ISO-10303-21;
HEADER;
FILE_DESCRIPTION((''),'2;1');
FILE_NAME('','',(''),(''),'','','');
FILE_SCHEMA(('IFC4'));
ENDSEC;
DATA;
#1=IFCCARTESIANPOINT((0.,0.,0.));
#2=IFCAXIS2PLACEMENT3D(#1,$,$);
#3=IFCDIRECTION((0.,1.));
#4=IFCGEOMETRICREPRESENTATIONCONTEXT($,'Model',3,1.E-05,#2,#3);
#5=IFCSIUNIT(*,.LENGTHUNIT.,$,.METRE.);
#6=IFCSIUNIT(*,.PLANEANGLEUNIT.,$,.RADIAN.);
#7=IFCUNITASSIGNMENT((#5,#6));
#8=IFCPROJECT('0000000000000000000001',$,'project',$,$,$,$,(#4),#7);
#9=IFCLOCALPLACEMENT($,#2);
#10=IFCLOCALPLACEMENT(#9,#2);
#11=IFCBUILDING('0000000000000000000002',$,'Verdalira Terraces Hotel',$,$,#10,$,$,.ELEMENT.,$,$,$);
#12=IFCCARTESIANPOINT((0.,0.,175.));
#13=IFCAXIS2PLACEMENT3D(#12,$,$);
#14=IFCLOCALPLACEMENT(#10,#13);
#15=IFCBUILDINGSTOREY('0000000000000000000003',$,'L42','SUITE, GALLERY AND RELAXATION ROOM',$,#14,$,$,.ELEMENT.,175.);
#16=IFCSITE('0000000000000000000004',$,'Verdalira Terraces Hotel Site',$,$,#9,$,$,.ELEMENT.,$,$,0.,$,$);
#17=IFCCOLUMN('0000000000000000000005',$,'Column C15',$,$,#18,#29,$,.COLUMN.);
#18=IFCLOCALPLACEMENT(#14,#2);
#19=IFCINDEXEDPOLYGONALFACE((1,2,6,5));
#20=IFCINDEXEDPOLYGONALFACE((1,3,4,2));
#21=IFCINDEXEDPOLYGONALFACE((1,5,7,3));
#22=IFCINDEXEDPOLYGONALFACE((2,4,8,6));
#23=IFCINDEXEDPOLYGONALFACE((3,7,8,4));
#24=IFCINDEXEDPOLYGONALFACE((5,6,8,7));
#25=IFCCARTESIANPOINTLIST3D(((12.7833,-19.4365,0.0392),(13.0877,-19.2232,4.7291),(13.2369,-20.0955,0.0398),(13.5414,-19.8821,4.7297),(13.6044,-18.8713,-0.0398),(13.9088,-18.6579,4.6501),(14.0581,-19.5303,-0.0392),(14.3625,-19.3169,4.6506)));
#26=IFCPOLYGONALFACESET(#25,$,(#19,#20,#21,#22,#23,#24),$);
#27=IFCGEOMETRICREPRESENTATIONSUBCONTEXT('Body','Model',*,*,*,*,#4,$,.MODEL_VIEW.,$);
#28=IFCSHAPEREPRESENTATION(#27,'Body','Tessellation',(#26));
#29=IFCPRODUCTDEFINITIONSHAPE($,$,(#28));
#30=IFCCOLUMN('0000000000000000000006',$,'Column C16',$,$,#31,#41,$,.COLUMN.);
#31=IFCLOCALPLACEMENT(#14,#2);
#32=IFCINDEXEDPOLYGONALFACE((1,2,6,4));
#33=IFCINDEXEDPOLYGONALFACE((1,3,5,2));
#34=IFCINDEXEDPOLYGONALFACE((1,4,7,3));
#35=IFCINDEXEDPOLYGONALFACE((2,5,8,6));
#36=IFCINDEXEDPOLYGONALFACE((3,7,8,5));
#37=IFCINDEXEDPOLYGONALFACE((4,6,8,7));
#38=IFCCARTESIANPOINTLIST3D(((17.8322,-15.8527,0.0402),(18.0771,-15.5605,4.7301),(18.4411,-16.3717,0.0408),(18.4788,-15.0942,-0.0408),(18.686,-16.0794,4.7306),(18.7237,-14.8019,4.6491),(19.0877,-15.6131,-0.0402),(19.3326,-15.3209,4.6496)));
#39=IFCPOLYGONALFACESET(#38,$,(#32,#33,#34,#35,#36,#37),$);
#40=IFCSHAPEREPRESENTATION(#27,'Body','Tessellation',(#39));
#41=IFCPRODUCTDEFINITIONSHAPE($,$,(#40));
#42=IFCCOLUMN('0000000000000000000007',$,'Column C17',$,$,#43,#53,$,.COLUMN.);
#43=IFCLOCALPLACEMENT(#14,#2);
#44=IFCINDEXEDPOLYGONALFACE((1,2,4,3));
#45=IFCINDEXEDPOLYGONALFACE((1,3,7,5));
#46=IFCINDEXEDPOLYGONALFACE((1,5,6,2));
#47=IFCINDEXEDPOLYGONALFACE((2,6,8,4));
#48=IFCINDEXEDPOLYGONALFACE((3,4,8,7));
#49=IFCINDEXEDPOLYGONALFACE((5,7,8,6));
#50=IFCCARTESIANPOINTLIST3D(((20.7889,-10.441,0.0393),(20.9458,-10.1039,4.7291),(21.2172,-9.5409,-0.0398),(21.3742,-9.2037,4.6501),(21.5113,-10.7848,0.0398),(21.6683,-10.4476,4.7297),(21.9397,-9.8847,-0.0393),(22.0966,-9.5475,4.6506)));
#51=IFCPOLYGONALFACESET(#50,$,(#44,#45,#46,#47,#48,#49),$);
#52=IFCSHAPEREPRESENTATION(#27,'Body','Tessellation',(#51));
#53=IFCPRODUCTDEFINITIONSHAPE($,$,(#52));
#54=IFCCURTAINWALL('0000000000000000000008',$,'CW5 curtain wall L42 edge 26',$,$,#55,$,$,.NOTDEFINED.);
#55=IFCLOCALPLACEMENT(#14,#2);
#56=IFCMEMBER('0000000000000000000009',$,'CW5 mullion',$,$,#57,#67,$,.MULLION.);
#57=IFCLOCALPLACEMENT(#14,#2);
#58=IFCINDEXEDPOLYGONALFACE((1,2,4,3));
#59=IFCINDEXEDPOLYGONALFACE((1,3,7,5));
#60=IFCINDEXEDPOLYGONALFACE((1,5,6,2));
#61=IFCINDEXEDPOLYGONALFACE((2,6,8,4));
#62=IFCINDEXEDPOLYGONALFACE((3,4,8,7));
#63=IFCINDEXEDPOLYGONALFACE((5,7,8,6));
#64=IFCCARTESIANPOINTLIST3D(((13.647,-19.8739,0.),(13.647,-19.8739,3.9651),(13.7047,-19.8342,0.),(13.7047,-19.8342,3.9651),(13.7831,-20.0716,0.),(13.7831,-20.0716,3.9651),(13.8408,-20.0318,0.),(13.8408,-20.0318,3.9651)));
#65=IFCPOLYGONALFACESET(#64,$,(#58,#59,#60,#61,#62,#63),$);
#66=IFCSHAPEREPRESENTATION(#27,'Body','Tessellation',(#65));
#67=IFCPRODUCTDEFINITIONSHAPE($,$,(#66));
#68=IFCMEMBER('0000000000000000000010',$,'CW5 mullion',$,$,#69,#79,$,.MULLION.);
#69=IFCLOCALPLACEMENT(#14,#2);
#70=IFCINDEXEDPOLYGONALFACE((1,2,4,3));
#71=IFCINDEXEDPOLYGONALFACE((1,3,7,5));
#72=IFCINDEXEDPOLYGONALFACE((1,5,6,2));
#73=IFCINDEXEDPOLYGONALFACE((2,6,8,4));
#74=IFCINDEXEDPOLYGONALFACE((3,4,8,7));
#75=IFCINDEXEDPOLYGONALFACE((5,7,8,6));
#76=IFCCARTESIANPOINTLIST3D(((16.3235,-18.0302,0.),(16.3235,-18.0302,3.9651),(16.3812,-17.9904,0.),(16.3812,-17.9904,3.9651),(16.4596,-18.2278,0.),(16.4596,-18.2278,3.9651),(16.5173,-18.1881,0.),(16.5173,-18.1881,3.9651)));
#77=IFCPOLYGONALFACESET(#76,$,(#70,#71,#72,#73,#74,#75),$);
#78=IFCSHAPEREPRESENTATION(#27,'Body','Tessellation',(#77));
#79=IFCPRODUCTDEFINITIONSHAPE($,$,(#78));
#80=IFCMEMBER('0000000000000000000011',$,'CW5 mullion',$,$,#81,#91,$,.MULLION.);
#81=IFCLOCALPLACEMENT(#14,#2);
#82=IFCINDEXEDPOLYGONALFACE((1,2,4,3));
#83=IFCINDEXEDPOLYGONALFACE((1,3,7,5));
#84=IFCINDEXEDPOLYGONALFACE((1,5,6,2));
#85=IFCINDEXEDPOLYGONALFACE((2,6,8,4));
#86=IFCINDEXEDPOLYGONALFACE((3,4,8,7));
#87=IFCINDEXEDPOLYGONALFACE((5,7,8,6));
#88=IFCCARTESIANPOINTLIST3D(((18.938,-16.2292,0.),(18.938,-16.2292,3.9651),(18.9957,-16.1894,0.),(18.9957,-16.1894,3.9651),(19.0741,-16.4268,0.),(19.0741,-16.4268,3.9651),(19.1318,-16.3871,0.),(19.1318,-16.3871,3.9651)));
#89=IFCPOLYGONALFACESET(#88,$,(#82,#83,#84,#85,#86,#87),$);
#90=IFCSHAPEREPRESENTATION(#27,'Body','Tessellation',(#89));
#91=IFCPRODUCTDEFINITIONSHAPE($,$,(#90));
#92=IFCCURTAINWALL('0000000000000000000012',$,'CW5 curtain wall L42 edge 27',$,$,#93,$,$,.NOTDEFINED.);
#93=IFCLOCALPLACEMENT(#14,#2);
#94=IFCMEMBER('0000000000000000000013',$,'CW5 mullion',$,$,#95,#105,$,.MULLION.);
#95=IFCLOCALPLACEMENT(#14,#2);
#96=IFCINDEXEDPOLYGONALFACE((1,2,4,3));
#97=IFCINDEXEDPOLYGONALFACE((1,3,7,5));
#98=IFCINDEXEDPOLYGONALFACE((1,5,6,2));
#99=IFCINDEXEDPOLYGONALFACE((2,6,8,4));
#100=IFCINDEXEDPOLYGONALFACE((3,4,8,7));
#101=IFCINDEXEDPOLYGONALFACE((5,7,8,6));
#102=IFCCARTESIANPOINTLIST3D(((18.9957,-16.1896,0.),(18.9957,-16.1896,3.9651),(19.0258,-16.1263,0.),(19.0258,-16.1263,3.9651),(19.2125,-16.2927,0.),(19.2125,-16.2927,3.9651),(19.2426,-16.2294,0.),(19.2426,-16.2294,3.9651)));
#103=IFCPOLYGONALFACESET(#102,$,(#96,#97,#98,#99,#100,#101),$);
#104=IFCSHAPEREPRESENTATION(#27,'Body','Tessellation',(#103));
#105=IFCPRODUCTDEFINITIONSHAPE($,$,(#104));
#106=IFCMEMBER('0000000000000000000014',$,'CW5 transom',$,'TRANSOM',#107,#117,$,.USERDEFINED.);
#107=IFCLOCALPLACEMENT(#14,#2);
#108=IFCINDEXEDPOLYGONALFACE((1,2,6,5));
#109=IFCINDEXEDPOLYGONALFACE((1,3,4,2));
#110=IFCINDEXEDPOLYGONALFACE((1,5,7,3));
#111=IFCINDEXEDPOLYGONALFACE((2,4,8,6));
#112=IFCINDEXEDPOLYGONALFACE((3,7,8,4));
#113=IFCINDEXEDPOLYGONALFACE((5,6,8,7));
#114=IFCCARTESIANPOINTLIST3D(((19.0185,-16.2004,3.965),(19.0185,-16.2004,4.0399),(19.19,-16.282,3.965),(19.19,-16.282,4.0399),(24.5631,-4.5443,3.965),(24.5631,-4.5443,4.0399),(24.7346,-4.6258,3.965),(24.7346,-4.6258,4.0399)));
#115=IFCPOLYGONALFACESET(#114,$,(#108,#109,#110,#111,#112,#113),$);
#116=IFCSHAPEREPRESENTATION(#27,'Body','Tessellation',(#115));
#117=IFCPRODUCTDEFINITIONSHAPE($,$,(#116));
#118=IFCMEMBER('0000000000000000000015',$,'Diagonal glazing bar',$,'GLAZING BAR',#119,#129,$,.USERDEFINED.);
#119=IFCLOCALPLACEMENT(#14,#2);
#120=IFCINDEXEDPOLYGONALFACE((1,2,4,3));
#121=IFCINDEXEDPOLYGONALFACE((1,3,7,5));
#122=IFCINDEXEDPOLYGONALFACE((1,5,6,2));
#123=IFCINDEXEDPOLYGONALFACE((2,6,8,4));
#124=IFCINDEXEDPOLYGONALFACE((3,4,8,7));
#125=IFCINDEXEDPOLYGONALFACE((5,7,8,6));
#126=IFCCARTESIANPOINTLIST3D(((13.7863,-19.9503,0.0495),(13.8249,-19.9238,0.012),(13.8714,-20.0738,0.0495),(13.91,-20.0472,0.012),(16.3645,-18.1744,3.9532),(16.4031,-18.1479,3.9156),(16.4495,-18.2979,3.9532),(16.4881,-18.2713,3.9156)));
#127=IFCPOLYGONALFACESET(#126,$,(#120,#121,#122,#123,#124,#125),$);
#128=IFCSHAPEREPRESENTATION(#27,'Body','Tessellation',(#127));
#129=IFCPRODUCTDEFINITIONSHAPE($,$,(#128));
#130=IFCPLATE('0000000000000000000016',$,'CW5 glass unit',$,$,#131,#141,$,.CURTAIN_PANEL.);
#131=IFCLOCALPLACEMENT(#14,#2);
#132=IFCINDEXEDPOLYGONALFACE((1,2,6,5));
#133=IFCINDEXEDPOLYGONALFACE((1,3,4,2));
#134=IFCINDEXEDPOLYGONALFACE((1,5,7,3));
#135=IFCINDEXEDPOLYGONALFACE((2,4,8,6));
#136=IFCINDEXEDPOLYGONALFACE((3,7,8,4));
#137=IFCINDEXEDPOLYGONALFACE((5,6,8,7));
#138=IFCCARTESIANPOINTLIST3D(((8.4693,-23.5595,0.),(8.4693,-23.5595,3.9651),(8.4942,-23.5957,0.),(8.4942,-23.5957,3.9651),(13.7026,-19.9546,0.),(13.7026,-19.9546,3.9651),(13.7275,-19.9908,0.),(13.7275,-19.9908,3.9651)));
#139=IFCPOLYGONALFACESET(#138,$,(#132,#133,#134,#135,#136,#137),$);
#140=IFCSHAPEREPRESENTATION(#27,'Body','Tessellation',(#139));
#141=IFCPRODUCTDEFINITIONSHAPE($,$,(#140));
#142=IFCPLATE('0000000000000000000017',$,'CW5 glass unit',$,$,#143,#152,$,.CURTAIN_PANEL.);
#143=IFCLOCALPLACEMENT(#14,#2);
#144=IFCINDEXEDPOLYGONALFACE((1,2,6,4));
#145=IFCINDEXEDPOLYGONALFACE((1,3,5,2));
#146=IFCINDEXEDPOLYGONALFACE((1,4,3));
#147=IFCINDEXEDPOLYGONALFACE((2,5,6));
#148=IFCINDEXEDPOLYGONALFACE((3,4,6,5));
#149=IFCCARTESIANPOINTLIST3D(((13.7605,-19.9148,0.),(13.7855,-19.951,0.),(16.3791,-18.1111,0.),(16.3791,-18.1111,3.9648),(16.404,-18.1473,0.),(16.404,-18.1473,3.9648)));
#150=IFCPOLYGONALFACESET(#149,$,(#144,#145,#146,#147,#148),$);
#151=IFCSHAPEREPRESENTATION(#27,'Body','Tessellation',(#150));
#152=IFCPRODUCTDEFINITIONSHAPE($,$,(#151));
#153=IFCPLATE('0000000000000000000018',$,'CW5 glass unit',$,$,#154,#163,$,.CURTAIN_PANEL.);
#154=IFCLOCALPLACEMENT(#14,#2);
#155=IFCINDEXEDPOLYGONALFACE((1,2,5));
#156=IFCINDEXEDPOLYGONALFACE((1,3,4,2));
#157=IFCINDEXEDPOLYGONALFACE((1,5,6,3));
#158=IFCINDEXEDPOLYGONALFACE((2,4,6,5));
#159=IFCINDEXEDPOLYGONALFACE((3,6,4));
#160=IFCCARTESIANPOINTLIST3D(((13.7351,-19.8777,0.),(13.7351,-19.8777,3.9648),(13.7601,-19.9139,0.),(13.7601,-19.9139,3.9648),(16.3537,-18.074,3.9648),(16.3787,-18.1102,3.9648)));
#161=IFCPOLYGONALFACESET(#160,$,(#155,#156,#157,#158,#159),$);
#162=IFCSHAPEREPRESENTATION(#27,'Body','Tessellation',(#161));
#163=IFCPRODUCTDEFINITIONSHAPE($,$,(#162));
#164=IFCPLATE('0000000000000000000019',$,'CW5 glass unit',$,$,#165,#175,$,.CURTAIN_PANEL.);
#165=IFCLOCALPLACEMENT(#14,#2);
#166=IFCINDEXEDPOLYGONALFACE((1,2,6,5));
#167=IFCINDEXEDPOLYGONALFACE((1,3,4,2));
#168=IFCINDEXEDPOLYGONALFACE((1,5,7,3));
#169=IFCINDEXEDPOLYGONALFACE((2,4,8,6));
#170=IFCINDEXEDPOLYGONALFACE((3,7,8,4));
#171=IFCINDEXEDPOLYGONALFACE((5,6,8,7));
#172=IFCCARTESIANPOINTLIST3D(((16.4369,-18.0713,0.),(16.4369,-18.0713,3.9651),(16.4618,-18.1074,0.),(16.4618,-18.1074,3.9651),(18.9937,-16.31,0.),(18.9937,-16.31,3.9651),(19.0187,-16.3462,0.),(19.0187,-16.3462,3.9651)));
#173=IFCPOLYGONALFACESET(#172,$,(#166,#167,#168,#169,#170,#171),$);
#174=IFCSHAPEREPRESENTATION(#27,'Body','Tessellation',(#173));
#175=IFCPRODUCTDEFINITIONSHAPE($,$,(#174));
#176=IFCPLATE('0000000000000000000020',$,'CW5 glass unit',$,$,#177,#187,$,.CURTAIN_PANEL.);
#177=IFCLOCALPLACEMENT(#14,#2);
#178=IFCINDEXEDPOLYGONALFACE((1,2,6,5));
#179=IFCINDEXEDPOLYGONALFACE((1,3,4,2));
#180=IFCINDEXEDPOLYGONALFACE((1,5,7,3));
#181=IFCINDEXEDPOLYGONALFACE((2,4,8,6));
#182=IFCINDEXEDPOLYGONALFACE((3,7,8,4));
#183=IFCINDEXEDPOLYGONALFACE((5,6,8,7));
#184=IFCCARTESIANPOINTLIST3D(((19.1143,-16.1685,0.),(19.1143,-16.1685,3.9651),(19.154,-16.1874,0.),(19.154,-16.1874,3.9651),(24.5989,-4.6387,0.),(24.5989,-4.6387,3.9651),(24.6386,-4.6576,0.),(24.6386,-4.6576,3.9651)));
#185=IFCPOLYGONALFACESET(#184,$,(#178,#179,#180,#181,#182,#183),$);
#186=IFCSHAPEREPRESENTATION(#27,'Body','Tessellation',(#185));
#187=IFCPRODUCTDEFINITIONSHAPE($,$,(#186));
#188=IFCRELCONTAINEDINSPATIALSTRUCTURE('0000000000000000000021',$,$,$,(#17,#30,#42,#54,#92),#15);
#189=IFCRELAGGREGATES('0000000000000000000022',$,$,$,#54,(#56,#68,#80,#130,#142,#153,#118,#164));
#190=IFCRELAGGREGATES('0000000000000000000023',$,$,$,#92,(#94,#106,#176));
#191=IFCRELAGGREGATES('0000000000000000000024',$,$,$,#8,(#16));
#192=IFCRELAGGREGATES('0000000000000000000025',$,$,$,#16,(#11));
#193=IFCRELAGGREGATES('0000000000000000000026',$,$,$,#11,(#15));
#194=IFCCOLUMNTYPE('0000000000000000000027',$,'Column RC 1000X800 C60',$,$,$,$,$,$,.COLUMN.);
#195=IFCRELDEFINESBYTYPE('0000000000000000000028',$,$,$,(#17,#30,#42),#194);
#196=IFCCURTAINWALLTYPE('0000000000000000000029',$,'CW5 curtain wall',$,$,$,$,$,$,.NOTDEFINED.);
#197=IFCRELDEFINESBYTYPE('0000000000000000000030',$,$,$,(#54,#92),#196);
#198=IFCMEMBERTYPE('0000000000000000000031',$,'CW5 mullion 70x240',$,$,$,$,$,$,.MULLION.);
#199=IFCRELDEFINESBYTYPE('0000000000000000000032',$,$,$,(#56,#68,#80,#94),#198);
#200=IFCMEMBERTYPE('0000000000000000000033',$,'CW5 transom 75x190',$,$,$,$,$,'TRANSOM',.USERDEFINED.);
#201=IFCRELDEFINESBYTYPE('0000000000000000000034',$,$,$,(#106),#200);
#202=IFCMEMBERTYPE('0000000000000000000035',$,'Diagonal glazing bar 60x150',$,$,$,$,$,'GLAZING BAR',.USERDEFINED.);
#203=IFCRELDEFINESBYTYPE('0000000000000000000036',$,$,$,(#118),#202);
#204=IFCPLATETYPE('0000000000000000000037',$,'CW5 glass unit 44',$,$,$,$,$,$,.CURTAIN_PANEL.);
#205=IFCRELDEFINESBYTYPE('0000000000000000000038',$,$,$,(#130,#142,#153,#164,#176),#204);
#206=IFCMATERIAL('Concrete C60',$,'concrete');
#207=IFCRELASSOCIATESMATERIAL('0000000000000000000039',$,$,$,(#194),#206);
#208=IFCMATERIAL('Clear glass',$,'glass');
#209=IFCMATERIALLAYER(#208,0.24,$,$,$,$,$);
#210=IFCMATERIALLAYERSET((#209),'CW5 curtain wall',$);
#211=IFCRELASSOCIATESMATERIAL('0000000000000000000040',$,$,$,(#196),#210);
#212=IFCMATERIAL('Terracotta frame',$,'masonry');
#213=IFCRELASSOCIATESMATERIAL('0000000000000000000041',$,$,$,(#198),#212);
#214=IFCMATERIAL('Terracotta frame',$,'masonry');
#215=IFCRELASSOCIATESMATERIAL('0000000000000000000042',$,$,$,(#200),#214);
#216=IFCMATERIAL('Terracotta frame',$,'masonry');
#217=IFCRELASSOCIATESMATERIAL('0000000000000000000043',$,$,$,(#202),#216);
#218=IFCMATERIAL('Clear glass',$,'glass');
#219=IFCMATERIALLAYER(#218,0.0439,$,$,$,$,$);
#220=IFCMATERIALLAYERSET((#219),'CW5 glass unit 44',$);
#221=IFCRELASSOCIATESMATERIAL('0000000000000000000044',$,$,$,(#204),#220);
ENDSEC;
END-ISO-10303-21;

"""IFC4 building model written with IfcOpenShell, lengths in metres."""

from ifc_helpers import new_model, si_unit, direction, frame, origin, origin_2d, place, context, subcontext, project, spatial, polyline, rectangle, outline, extrude, material, layer, layer_set, material_profile, profile_set, type_object, element, aggregate, save


model = new_model("IFC4")

# Units and contexts
model_context = context("Model", 3, precision=1e-05, world=origin(), true_north=direction((0.0, 1.0)))
body_context = subcontext(model_context, "Body", "Model", "MODEL_VIEW")
ifc_project = project(units=[si_unit("LENGTHUNIT", "METRE"), si_unit("PLANEANGLEUNIT", "RADIAN")], contexts=[model_context])

# Site, building, storey
site_placement = place(None, origin())
site = spatial("IfcSite", under=ifc_project, at=site_placement, Name="Verdalira Terraces Hotel Site", CompositionType="ELEMENT", RefElevation=0.0)
building_placement = place(site_placement, origin())
building = spatial("IfcBuilding", under=site, at=building_placement, Name="Verdalira Terraces Hotel", CompositionType="ELEMENT")
storey_placement = place(building_placement, frame((0.0, 0.0, 175.0)))
storey = spatial("IfcBuildingStorey", under=building, at=storey_placement, Name="L42", Description="SUITE, GALLERY AND RELAXATION ROOM", CompositionType="ELEMENT", Elevation=175.0)

# Columns
ifc_material_1 = material(Name="Concrete C60", Category="concrete")
ifc_material_profile_1 = material_profile(ifc_material_1, rectangle(XDim=1.0, YDim=0.8, at=origin_2d()), Name="RC 1000X800")
ifc_profile_set_1 = profile_set([ifc_material_profile_1], Name="Concrete C60")
column_type = type_object("IfcColumnType", Name="Column RC 1000X800 C60", PredefinedType="COLUMN", material=ifc_profile_set_1)
column_1_placement = place(storey_placement, frame((13.4207, -19.4834, 0.0), z_axis=(0.064711, 0.045355, 0.996873), x_axis=(0.821126, 0.56525, -0.07902)))
element("IfcColumn", 1, at=column_1_placement, inside=storey, type_object=column_type, Name="Column C15", PredefinedType="COLUMN", context=body_context, shape_type="SweptSolid", body=[
    extrude(rectangle(XDim=1.0, YDim=0.8, at=origin_2d()), origin(), (0.0, 0.0, 1.0), 4.7046),
])
column_2_placement = place(storey_placement, frame((18.46, -15.7329, 0.0), z_axis=(0.052041, 0.062106, 0.996712), x_axis=(-0.646569, -0.758541, 0.081025)))
element("IfcColumn", 2, at=column_2_placement, inside=storey, type_object=column_type, Name="Column C16", PredefinedType="COLUMN", context=body_context, shape_type="SweptSolid", body=[
    extrude(rectangle(XDim=1.0, YDim=0.8, at=origin_2d()), origin(), (0.0, 0.0, 1.0), 4.7053),
])
column_3_placement = place(storey_placement, frame((21.3643, -10.1628, 0.0), z_axis=(0.033367, 0.071665, 0.99687), x_axis=(0.428377, 0.900136, -0.079049)))
element("IfcColumn", 3, at=column_3_placement, inside=storey, type_object=column_type, Name="Column C17", PredefinedType="COLUMN", context=body_context, shape_type="SweptSolid", body=[
    extrude(rectangle(XDim=1.0, YDim=0.8, at=origin_2d()), origin(), (0.0, 0.0, 1.0), 4.7046),
])

# Curtain walls, members
ifc_material_2 = material(Name="Clear glass", Category="glass")
ifc_layer_1 = layer(ifc_material_2, 0.24)
ifc_layer_set_1 = layer_set([ifc_layer_1], Name="CW5 curtain wall")
curtain_wall_type = type_object("IfcCurtainWallType", Name="CW5 curtain wall", PredefinedType="NOTDEFINED", material=ifc_layer_set_1)
curtain_wall_1_placement = place(storey_placement, origin())
curtain_wall_1 = element("IfcCurtainWall", 4, at=curtain_wall_1_placement, inside=storey, type_object=curtain_wall_type, Name="CW5 curtain wall L42 edge 26", PredefinedType="NOTDEFINED")
ifc_material_3 = material(Name="Terracotta frame", Category="masonry")
ifc_material_profile_2 = material_profile(ifc_material_3, rectangle(XDim=0.0701, YDim=0.24, at=origin_2d()), Name="MU 70x240")
ifc_profile_set_2 = profile_set([ifc_material_profile_2], Name="Terracotta frame")
member_type_1 = type_object("IfcMemberType", Name="CW5 mullion 70x240", PredefinedType="MULLION", material=ifc_profile_set_2)
member_1_placement = place(storey_placement, frame((13.7439, -19.9529, 0.0), z_axis=(0.0, 0.0, 1.0), x_axis=(0.823533, 0.567269, 0.0)))
member_1 = element("IfcMember", 5, at=member_1_placement, type_object=member_type_1, Name="CW5 mullion", PredefinedType="MULLION", context=body_context, shape_type="SweptSolid", body=[
    extrude(rectangle(XDim=0.0701, YDim=0.24, at=origin_2d()), origin(), (0.0, 0.0, 1.0), 3.9651),
])
member_2_placement = place(storey_placement, frame((16.4204, -18.1091, 0.0), z_axis=(0.0, 0.0, 1.0), x_axis=(0.823533, 0.567269, 0.0)))
member_2 = element("IfcMember", 6, at=member_2_placement, type_object=member_type_1, Name="CW5 mullion", PredefinedType="MULLION", context=body_context, shape_type="SweptSolid", body=[
    extrude(rectangle(XDim=0.0701, YDim=0.24, at=origin_2d()), origin(), (0.0, 0.0, 1.0), 3.9651),
])
member_3_placement = place(storey_placement, frame((19.0349, -16.3081, 0.0), z_axis=(0.0, 0.0, 1.0), x_axis=(0.823533, 0.567269, 0.0)))
member_3 = element("IfcMember", 7, at=member_3_placement, type_object=member_type_1, Name="CW5 mullion", PredefinedType="MULLION", context=body_context, shape_type="SweptSolid", body=[
    extrude(rectangle(XDim=0.0701, YDim=0.24, at=origin_2d()), origin(), (0.0, 0.0, 1.0), 3.9651),
])
curtain_wall_2_placement = place(storey_placement, origin())
curtain_wall_2 = element("IfcCurtainWall", 8, at=curtain_wall_2_placement, inside=storey, type_object=curtain_wall_type, Name="CW5 curtain wall L42 edge 27", PredefinedType="NOTDEFINED")
member_4_placement = place(storey_placement, frame((19.1191, -16.2095, 0.0), z_axis=(0.0, 0.0, 1.0), x_axis=(0.429566, 0.903036, 0.0)))
member_4 = element("IfcMember", 9, at=member_4_placement, type_object=member_type_1, Name="CW5 mullion", PredefinedType="MULLION", context=body_context, shape_type="SweptSolid", body=[
    extrude(rectangle(XDim=0.0701, YDim=0.24, at=origin_2d()), origin(), (0.0, 0.0, 1.0), 3.9651),
])
ifc_material_4 = material(Name="Terracotta frame", Category="masonry")
ifc_material_profile_3 = material_profile(ifc_material_4, rectangle(XDim=0.1899, YDim=0.075, at=origin_2d()), Name="TR 75x190")
ifc_profile_set_3 = profile_set([ifc_material_profile_3], Name="Terracotta frame")
member_type_2 = type_object("IfcMemberType", Name="CW5 transom 75x190", ElementType="TRANSOM", PredefinedType="USERDEFINED", material=ifc_profile_set_3)
member_5_placement = place(storey_placement, frame((19.1042, -16.2412, 4.0024), z_axis=(0.42956, 0.903038, 0.0), x_axis=(-0.903038, 0.42956, 0.0)))
member_5 = element("IfcMember", 10, at=member_5_placement, type_object=member_type_2, Name="CW5 transom", ObjectType="TRANSOM", PredefinedType="USERDEFINED", context=body_context, shape_type="SweptSolid", body=[
    extrude(rectangle(XDim=0.1899, YDim=0.075, at=origin_2d()), origin(), (0.0, 0.0, 1.0), 12.9077),
])

# Member
ifc_material_5 = material(Name="Terracotta frame", Category="masonry")
ifc_material_profile_4 = material_profile(ifc_material_5, rectangle(XDim=0.1499, YDim=0.0601, at=origin_2d()), Name="GB 60x150")
ifc_profile_set_4 = profile_set([ifc_material_profile_4], Name="Terracotta frame")
member_type_3 = type_object("IfcMemberType", Name="Diagonal glazing bar 60x150", ElementType="GLAZING BAR", PredefinedType="USERDEFINED", material=ifc_profile_set_4)
member_6_placement = place(storey_placement, frame((13.8481, -19.9988, 0.0308), z_axis=(0.515231, 0.354904, 0.780116), x_axis=(-0.56727, 0.823532, 0.0)))
member_6 = element("IfcMember", 11, at=member_6_placement, type_object=member_type_3, Name="Diagonal glazing bar", ObjectType="GLAZING BAR", PredefinedType="USERDEFINED", context=body_context, shape_type="SweptSolid", body=[
    extrude(rectangle(XDim=0.1499, YDim=0.0601, at=origin_2d()), origin(), (0.0, 0.0, 1.0), 5.0039),
])

# Plates
ifc_material_6 = material(Name="Clear glass", Category="glass")
ifc_layer_2 = layer(ifc_material_6, 0.0439)
ifc_layer_set_2 = layer_set([ifc_layer_2], Name="CW5 glass unit 44")
plate_type = type_object("IfcPlateType", Name="CW5 glass unit 44", PredefinedType="CURTAIN_PANEL", material=ifc_layer_set_2)
plate_1_placement = place(storey_placement, frame((11.0984, -21.7751, 0.0), z_axis=(0.0, 0.0, 1.0), x_axis=(0.823533, 0.567269, 0.0)))
plate_1 = element("IfcPlate", 12, at=plate_1_placement, type_object=plate_type, Name="CW5 glass unit", PredefinedType="CURTAIN_PANEL", context=body_context, shape_type="SweptSolid", body=[
    extrude(rectangle(XDim=6.3547, YDim=0.0439, at=origin_2d()), origin(), (0.0, 0.0, 1.0), 3.9651),
])
plate_2_placement = place(storey_placement, frame((15.0698, -19.0129, 1.9824), z_axis=(0.567269, -0.823533, 0.0), x_axis=(0.823533, 0.567269, 0.0)))
plate_2 = element("IfcPlate", 13, at=plate_2_placement, type_object=plate_type, Name="CW5 glass unit", PredefinedType="CURTAIN_PANEL", context=body_context, shape_type="SweptSolid", body=[
    extrude(outline(polyline([(-1.5898, -1.9824), (1.5898, -1.9824), (1.5898, 1.9824), (-1.5898, -1.9824)])), origin(), (0.0, 0.0, 1.0), 0.0439),
])
plate_3_placement = place(storey_placement, frame((15.0444, -18.9758, 1.9824), z_axis=(0.567269, -0.823533, 0.0), x_axis=(0.823533, 0.567269, 0.0)))
plate_3 = element("IfcPlate", 14, at=plate_3_placement, type_object=plate_type, Name="CW5 glass unit", PredefinedType="CURTAIN_PANEL", context=body_context, shape_type="SweptSolid", body=[
    extrude(outline(polyline([(-1.5898, -1.9824), (1.5898, 1.9824), (-1.5898, 1.9824), (-1.5898, -1.9824)])), origin(), (0.0, 0.0, 1.0), 0.0439),
])
plate_4_placement = place(storey_placement, frame((17.7278, -17.2087, 0.0), z_axis=(0.0, 0.0, 1.0), x_axis=(0.823533, 0.567269, 0.0)))
plate_4 = element("IfcPlate", 15, at=plate_4_placement, type_object=plate_type, Name="CW5 glass unit", PredefinedType="CURTAIN_PANEL", context=body_context, shape_type="SweptSolid", body=[
    extrude(rectangle(XDim=3.1047, YDim=0.0439, at=origin_2d()), origin(), (0.0, 0.0, 1.0), 3.9651),
])
aggregate(curtain_wall_1, [member_1, member_2, member_3, plate_1, plate_2, plate_3, member_6, plate_4])
plate_5_placement = place(storey_placement, frame((21.8765, -10.4131, 0.0), z_axis=(0.0, 0.0, 1.0), x_axis=(0.429566, 0.903036, 0.0)))
plate_5 = element("IfcPlate", 16, at=plate_5_placement, type_object=plate_type, Name="CW5 glass unit", PredefinedType="CURTAIN_PANEL", context=body_context, shape_type="SweptSolid", body=[
    extrude(rectangle(XDim=12.7678, YDim=0.0439, at=origin_2d()), origin(), (0.0, 0.0, 1.0), 3.9651),
])
aggregate(curtain_wall_2, [member_4, member_5, plate_5])

save(model, "model.ifc")
